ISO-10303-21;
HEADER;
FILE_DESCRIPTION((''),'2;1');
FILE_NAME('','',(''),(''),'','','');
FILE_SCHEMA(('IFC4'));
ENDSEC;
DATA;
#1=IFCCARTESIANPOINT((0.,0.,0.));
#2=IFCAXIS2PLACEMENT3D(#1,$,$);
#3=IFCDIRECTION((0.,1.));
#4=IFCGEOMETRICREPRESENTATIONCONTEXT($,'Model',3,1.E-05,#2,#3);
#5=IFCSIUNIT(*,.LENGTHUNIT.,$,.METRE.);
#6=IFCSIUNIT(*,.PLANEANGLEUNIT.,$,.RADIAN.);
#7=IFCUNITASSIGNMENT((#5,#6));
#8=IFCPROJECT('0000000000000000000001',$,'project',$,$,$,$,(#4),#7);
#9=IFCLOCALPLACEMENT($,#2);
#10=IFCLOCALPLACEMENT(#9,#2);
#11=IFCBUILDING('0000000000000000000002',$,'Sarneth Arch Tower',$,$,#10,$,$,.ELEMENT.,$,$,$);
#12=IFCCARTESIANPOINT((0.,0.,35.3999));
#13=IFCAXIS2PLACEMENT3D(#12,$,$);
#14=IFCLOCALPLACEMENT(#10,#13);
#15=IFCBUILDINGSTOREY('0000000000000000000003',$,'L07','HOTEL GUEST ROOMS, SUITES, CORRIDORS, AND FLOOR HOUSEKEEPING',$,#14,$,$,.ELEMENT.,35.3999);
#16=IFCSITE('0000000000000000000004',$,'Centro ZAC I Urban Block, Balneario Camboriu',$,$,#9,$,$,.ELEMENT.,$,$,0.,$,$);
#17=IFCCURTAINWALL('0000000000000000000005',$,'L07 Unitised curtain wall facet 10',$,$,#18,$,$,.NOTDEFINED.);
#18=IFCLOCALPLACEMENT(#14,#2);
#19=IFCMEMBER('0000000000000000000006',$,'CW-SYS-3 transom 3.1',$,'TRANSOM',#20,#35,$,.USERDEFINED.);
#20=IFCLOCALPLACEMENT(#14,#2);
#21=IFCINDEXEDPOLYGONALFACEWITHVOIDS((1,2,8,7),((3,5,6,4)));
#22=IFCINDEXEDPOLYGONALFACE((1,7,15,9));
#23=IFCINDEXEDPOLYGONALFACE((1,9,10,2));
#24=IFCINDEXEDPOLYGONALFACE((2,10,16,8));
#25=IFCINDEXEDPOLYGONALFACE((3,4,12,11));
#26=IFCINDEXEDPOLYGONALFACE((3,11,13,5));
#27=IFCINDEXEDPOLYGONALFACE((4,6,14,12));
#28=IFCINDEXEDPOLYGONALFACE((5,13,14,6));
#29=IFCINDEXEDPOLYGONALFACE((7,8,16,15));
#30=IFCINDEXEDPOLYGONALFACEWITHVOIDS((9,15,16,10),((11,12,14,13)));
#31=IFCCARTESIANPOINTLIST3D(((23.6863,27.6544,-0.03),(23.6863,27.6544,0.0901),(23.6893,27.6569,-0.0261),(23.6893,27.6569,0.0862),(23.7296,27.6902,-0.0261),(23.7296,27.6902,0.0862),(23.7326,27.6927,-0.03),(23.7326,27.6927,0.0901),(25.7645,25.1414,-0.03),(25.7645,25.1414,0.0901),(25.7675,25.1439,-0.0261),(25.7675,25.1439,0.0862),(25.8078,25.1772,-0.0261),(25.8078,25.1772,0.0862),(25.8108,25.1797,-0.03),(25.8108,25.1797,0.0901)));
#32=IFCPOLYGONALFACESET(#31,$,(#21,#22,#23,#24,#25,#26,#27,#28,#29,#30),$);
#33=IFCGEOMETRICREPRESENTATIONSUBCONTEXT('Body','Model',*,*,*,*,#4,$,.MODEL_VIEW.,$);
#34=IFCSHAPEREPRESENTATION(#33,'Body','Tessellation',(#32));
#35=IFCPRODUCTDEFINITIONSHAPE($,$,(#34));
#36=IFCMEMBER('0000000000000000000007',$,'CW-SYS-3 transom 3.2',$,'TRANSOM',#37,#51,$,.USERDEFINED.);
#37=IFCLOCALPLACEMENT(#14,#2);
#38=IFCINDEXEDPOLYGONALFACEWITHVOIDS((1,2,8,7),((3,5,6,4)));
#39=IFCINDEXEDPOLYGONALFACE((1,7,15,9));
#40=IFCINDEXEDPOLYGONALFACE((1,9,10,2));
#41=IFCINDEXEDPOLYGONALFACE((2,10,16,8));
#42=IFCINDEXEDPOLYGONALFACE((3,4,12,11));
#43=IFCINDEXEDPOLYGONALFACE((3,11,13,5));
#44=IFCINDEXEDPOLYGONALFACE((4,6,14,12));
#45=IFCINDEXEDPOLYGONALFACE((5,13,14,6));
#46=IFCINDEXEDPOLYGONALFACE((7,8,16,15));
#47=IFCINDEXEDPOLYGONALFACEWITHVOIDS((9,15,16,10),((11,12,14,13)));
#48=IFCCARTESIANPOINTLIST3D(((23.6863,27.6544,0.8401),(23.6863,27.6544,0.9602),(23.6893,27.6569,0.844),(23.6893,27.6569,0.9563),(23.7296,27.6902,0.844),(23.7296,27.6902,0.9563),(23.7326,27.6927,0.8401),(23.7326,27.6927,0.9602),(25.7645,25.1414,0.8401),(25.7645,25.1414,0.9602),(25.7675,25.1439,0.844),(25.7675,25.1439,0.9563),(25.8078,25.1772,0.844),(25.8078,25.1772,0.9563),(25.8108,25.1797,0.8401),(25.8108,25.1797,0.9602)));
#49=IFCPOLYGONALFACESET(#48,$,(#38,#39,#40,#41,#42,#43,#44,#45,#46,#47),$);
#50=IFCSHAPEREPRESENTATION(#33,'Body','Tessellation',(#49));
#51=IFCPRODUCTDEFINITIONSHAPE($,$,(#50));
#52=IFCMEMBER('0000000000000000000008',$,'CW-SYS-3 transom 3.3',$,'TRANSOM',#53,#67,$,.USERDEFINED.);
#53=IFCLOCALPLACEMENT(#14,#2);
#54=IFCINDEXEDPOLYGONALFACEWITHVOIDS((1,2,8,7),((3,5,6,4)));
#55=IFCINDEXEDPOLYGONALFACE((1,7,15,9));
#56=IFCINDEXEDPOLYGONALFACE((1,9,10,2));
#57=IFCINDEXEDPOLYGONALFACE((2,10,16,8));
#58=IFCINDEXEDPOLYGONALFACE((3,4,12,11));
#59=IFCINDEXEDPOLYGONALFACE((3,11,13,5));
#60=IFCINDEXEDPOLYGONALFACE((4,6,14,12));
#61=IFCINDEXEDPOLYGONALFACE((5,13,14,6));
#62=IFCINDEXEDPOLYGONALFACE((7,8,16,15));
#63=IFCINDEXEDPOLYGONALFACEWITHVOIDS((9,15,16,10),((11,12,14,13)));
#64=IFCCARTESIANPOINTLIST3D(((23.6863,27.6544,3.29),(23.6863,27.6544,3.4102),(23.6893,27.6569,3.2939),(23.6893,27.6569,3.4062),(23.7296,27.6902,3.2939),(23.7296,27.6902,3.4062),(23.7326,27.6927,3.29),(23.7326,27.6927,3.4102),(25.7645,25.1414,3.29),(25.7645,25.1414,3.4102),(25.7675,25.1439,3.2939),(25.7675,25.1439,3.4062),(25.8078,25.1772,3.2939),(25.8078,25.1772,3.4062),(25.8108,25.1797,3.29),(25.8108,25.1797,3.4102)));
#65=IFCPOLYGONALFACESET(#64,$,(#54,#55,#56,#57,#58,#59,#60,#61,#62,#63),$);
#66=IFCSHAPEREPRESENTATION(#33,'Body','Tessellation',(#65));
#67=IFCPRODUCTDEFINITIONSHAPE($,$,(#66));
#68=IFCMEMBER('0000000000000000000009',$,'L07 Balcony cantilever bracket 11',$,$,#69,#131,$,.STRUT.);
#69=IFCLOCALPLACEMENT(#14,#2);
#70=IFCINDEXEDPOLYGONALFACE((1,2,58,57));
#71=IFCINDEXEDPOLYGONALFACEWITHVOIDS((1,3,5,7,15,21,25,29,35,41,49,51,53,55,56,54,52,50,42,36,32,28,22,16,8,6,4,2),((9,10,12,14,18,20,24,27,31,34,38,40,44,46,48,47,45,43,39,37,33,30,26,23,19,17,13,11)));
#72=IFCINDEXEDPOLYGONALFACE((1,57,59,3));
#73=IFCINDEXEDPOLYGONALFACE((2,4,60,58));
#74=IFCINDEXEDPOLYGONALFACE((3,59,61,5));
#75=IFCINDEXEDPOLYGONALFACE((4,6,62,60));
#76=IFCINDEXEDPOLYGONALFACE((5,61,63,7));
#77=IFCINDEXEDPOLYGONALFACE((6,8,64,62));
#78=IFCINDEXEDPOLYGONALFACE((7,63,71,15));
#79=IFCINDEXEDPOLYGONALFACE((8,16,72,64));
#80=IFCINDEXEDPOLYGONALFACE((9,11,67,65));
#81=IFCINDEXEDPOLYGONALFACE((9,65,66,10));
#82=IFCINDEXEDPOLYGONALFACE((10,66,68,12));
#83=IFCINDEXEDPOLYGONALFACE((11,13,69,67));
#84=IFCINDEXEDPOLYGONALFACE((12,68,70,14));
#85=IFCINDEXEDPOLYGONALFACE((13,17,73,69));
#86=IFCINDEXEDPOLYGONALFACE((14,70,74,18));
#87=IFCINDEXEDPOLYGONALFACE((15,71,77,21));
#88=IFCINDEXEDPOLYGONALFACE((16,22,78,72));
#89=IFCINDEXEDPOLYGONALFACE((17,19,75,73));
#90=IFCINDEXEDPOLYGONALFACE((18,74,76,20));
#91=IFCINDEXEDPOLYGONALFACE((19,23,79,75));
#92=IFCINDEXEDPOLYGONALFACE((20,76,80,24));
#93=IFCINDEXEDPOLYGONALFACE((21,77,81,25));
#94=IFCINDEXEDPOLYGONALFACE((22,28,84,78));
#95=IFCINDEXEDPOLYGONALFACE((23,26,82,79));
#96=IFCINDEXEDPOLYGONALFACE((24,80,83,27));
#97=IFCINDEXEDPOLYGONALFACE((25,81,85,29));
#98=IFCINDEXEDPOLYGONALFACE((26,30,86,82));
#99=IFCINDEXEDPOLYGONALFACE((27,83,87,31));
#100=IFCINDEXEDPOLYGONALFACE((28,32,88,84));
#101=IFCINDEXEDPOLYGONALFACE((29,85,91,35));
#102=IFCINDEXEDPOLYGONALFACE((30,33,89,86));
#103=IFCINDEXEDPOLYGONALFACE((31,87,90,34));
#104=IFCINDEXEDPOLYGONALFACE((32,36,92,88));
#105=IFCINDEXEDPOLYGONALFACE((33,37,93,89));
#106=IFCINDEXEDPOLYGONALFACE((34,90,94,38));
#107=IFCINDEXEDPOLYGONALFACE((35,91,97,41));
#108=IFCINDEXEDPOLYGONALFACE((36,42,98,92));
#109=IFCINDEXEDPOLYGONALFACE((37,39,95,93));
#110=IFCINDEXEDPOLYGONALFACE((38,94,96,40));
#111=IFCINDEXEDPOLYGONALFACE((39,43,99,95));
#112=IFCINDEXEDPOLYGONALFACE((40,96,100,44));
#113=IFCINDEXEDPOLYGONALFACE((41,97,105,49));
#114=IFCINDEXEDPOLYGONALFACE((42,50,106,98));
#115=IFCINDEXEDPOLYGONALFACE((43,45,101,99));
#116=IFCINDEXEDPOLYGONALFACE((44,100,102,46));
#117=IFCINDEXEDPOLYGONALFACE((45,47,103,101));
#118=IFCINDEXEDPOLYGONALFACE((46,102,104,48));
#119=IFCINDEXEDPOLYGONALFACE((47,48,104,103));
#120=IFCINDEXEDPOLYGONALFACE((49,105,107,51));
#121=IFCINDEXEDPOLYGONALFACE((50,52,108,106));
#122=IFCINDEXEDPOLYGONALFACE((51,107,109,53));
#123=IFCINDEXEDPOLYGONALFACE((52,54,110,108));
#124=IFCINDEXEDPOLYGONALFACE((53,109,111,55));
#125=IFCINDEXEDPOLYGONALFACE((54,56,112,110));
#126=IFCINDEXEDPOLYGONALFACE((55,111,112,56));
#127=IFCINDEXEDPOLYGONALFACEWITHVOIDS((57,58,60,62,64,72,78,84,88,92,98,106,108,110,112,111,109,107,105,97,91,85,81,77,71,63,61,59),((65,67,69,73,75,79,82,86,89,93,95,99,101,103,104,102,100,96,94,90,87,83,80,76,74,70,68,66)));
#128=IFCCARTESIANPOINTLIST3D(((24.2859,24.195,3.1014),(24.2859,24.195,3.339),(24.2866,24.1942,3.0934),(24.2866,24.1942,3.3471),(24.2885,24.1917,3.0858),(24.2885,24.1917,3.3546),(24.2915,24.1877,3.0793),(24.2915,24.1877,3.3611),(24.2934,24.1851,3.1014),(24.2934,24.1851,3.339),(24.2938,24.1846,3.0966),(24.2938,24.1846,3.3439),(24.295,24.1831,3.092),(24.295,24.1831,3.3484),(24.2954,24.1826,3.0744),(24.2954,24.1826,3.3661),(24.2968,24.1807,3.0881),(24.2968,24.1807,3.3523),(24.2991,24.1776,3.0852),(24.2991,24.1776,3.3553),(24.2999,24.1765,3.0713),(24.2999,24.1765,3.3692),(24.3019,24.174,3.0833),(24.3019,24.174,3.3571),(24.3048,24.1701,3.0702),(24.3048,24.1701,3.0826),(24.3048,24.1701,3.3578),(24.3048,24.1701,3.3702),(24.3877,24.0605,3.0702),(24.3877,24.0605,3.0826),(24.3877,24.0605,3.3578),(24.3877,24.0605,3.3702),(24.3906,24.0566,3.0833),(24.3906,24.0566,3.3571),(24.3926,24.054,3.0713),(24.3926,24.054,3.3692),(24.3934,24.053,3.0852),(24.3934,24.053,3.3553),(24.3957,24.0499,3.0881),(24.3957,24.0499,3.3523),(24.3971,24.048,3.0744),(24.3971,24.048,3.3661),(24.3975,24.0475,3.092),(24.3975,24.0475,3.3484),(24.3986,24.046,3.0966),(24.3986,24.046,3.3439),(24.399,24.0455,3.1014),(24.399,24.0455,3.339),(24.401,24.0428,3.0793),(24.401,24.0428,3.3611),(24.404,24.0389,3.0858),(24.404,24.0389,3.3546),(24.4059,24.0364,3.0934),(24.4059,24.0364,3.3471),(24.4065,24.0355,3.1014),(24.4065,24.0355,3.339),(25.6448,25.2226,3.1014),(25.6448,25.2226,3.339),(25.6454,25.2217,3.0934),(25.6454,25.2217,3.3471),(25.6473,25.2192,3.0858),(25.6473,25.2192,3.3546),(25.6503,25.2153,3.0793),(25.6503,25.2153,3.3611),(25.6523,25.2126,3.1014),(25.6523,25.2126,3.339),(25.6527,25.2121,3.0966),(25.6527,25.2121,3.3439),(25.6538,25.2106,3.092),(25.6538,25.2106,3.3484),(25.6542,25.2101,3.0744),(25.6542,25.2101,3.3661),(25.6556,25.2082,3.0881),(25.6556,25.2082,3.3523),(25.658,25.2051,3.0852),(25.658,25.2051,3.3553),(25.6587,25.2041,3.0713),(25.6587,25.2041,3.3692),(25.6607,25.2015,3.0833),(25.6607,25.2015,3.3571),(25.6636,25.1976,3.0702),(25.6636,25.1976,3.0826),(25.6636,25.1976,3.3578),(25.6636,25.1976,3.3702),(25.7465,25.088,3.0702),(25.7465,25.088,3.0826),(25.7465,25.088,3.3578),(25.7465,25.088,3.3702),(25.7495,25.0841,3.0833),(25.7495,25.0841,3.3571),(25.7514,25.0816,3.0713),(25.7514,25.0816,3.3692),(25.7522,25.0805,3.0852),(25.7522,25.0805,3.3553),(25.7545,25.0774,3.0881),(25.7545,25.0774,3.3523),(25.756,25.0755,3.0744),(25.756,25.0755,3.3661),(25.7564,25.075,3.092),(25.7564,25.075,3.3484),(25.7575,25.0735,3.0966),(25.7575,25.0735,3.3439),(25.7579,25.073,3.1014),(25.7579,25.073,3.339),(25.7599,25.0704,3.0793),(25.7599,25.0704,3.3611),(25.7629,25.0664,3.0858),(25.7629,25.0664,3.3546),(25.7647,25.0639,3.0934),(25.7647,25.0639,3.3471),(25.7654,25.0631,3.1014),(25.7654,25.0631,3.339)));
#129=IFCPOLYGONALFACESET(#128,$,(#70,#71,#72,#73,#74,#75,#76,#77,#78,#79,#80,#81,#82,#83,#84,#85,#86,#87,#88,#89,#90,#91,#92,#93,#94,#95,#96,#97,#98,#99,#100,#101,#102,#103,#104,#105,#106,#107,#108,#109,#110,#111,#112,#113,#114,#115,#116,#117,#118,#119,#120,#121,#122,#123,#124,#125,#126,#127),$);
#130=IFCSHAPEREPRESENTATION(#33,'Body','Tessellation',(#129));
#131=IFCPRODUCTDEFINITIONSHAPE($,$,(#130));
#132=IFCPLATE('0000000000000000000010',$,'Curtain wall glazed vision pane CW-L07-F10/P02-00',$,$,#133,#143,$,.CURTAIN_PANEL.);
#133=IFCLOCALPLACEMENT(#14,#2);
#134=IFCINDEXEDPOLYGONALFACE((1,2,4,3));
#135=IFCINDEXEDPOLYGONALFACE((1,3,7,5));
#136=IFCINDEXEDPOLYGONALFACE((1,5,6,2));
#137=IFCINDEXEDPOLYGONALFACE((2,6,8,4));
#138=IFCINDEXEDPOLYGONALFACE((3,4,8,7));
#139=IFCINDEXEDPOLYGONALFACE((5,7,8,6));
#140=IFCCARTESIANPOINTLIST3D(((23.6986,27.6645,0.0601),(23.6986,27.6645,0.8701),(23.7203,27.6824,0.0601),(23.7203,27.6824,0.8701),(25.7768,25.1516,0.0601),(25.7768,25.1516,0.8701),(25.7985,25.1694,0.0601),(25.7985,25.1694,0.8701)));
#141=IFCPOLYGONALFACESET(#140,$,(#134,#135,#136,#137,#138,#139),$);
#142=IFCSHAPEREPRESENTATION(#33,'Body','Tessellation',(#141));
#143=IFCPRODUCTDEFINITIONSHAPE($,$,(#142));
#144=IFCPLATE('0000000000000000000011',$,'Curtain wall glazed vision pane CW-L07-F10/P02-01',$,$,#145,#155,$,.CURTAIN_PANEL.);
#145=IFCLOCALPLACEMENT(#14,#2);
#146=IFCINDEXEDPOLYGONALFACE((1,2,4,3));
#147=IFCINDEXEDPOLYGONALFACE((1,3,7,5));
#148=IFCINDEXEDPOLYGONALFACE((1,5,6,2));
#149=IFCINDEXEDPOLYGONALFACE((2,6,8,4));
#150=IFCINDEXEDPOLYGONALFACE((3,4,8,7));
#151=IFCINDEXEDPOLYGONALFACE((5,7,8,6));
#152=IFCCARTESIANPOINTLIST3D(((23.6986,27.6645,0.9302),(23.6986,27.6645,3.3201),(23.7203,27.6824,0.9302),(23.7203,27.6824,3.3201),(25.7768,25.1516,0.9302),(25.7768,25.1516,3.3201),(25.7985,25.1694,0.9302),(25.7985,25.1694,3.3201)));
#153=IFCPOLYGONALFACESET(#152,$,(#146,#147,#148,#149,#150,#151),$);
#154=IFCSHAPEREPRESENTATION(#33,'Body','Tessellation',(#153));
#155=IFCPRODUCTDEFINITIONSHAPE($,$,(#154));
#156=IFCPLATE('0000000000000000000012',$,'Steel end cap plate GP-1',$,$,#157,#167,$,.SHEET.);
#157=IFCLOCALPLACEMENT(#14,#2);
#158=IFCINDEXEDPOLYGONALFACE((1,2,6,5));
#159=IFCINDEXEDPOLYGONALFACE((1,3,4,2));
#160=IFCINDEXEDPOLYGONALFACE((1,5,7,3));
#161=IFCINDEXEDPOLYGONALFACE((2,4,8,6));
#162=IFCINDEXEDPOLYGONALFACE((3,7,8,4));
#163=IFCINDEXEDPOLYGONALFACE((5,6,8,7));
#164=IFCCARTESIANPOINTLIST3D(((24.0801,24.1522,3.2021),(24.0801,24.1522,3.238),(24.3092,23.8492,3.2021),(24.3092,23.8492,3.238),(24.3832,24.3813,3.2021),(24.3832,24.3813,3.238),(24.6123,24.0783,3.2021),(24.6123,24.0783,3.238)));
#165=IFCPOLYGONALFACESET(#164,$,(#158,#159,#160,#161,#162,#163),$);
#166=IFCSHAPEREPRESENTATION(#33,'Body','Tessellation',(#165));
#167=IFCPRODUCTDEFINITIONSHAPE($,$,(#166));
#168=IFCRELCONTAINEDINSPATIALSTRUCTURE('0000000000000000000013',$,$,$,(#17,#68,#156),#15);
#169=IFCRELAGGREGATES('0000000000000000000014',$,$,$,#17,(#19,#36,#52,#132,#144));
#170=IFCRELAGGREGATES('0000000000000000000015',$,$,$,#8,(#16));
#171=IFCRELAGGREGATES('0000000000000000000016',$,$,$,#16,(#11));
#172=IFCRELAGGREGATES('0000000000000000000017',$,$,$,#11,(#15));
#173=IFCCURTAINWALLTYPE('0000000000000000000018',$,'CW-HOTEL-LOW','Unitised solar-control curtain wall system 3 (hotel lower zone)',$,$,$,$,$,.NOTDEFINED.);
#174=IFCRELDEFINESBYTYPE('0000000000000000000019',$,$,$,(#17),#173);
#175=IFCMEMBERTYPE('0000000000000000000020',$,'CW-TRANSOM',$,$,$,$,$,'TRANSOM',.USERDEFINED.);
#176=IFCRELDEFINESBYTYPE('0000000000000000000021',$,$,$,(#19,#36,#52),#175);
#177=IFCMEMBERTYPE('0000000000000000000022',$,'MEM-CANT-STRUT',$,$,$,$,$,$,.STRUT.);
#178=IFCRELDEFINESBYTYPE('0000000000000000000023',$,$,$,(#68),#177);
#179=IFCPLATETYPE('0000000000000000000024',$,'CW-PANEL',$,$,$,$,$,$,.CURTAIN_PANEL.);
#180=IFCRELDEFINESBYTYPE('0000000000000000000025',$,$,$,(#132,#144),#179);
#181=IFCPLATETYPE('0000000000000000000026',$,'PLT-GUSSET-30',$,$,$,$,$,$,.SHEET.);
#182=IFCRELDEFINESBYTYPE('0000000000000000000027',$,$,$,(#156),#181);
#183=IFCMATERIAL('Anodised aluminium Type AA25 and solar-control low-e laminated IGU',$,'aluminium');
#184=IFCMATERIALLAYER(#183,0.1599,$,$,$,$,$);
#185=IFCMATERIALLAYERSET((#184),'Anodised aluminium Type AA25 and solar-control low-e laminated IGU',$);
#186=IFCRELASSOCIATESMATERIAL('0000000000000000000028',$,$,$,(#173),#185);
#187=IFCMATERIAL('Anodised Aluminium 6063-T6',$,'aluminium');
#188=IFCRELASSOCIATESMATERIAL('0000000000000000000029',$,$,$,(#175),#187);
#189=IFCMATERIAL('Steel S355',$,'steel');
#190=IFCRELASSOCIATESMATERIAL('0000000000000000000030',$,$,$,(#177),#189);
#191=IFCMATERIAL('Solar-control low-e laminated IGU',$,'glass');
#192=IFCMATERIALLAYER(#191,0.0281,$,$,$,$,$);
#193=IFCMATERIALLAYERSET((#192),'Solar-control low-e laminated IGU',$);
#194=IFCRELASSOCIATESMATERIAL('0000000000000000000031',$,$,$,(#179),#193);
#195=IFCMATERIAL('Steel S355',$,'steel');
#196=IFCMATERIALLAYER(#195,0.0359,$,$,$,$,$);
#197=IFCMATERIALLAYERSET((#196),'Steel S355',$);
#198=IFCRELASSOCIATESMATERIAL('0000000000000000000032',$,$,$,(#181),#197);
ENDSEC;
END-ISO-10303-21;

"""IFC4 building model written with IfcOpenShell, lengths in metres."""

from ifc_helpers import new_model, si_unit, direction, frame, origin, origin_2d, place, context, subcontext, project, spatial, rectangle, hollow_rectangle, extrude, material, layer, layer_set, material_profile, profile_set, type_object, element, aggregate, save


model = new_model("IFC4")

# Units and contexts
model_context = context("Model", 3, precision=1e-05, world=origin(), true_north=direction((0.0, 1.0)))
body_context = subcontext(model_context, "Body", "Model", "MODEL_VIEW")
ifc_project = project(units=[si_unit("LENGTHUNIT", "METRE"), si_unit("PLANEANGLEUNIT", "RADIAN")], contexts=[model_context])

# Site, building, storey
site_placement = place(None, origin())
site = spatial("IfcSite", under=ifc_project, at=site_placement, Name="Centro ZAC I Urban Block, Balneario Camboriu", CompositionType="ELEMENT", RefElevation=0.0)
building_placement = place(site_placement, origin())
building = spatial("IfcBuilding", under=site, at=building_placement, Name="Sarneth Arch Tower", CompositionType="ELEMENT")
storey_placement = place(building_placement, frame((0.0, 0.0, 35.3999)))
storey = spatial("IfcBuildingStorey", under=building, at=storey_placement, Name="L07", Description="HOTEL GUEST ROOMS, SUITES, CORRIDORS, AND FLOOR HOUSEKEEPING", CompositionType="ELEMENT", Elevation=35.3999)

# Curtain wall, members
ifc_material_1 = material(Name="Anodised aluminium Type AA25 and solar-control low-e laminated IGU", Category="aluminium")
ifc_layer_1 = layer(ifc_material_1, 0.1599)
ifc_layer_set_1 = layer_set([ifc_layer_1], Name="Anodised aluminium Type AA25 and solar-control low-e laminated IGU")
curtain_wall_type = type_object("IfcCurtainWallType", Name="CW-HOTEL-LOW", Description="Unitised solar-control curtain wall system 3 (hotel lower zone)", PredefinedType="NOTDEFINED", material=ifc_layer_set_1)
curtain_wall_placement = place(storey_placement, origin())
curtain_wall = element("IfcCurtainWall", 1, at=curtain_wall_placement, inside=storey, type_object=curtain_wall_type, Name="L07 Unitised curtain wall facet 10", PredefinedType="NOTDEFINED")
ifc_material_2 = material(Name="Anodised Aluminium 6063-T6", Category="aluminium")
ifc_material_profile_1 = material_profile(ifc_material_2, hollow_rectangle(XDim=0.0601, YDim=0.1201, WallThickness=0.0039, at=origin_2d()), Name="AL-TRAN-120x60x4")
ifc_profile_set_1 = profile_set([ifc_material_profile_1], Name="Anodised Aluminium 6063-T6")
member_type_1 = type_object("IfcMemberType", Name="CW-TRANSOM", ElementType="TRANSOM", PredefinedType="USERDEFINED", material=ifc_profile_set_1)
member_1_placement = place(storey_placement, frame((23.7095, 27.6736, 0.03), z_axis=(0.637286, -0.770628, 0.0), x_axis=(0.770628, 0.637286, 0.0)))
member_1 = element("IfcMember", 2, at=member_1_placement, type_object=member_type_1, Name="CW-SYS-3 transom 3.1", ObjectType="TRANSOM", PredefinedType="USERDEFINED", context=body_context, shape_type="SweptSolid", body=[
    extrude(hollow_rectangle(XDim=0.0601, YDim=0.1201, WallThickness=0.0039, at=origin_2d()), origin(), (0.0, 0.0, 1.0), 3.261),
])
member_2_placement = place(storey_placement, frame((23.7095, 27.6736, 0.9001), z_axis=(0.637286, -0.770628, 0.0), x_axis=(0.770628, 0.637286, 0.0)))
member_2 = element("IfcMember", 3, at=member_2_placement, type_object=member_type_1, Name="CW-SYS-3 transom 3.2", ObjectType="TRANSOM", PredefinedType="USERDEFINED", context=body_context, shape_type="SweptSolid", body=[
    extrude(hollow_rectangle(XDim=0.0601, YDim=0.1201, WallThickness=0.0039, at=origin_2d()), origin(), (0.0, 0.0, 1.0), 3.261),
])
member_3_placement = place(storey_placement, frame((23.7095, 27.6736, 3.3501), z_axis=(0.637286, -0.770628, 0.0), x_axis=(0.770628, 0.637286, 0.0)))
member_3 = element("IfcMember", 4, at=member_3_placement, type_object=member_type_1, Name="CW-SYS-3 transom 3.3", ObjectType="TRANSOM", PredefinedType="USERDEFINED", context=body_context, shape_type="SweptSolid", body=[
    extrude(hollow_rectangle(XDim=0.0601, YDim=0.1201, WallThickness=0.0039, at=origin_2d()), origin(), (0.0, 0.0, 1.0), 3.261),
])

# Member
ifc_material_3 = material(Name="Steel S355", Category="steel")
ifc_material_profile_2 = material_profile(ifc_material_3, hollow_rectangle(XDim=0.2, YDim=0.3, WallThickness=0.0125, InnerFilletRadius=0.0188, OuterFilletRadius=0.0312, at=origin_2d()), Name="RHS300x200x12.5")
ifc_profile_set_2 = profile_set([ifc_material_profile_2], Name="Steel S355")
member_type_2 = type_object("IfcMemberType", Name="MEM-CANT-STRUT", PredefinedType="STRUT", material=ifc_profile_set_2)
member_4_placement = place(storey_placement, frame((25.7051, 25.1428, 3.2202), z_axis=(-0.797621, -0.603159, 0.0), x_axis=(0.603159, -0.797621, 0.0)))
element("IfcMember", 5, at=member_4_placement, inside=storey, type_object=member_type_2, Name="L07 Balcony cantilever bracket 11", PredefinedType="STRUT", context=body_context, shape_type="SweptSolid", body=[
    extrude(hollow_rectangle(XDim=0.2, YDim=0.3, WallThickness=0.0125, InnerFilletRadius=0.0188, OuterFilletRadius=0.0312, at=origin_2d()), origin(), (0.0, 0.0, 1.0), 1.7036),
])

# Plates
ifc_material_4 = material(Name="Solar-control low-e laminated IGU", Category="glass")
ifc_layer_2 = layer(ifc_material_4, 0.0281)
ifc_layer_set_2 = layer_set([ifc_layer_2], Name="Solar-control low-e laminated IGU")
plate_type_1 = type_object("IfcPlateType", Name="CW-PANEL", PredefinedType="CURTAIN_PANEL", material=ifc_layer_set_2)
plate_1_placement = place(storey_placement, frame((24.7485, 26.417, 0.0601), z_axis=(0.0, 0.0, 1.0), x_axis=(0.637291, -0.770623, 0.0)))
plate_1 = element("IfcPlate", 6, at=plate_1_placement, type_object=plate_type_1, Name="Curtain wall glazed vision pane CW-L07-F10/P02-00", PredefinedType="CURTAIN_PANEL", context=body_context, shape_type="SweptSolid", body=[
    extrude(rectangle(XDim=3.261, YDim=0.0281, at=origin_2d()), origin(), (0.0, 0.0, 1.0), 0.8101),
])
plate_2_placement = place(storey_placement, frame((24.7485, 26.417, 0.9302), z_axis=(0.0, 0.0, 1.0), x_axis=(0.637291, -0.770623, 0.0)))
plate_2 = element("IfcPlate", 7, at=plate_2_placement, type_object=plate_type_1, Name="Curtain wall glazed vision pane CW-L07-F10/P02-01", PredefinedType="CURTAIN_PANEL", context=body_context, shape_type="SweptSolid", body=[
    extrude(rectangle(XDim=3.261, YDim=0.0281, at=origin_2d()), origin(), (0.0, 0.0, 1.0), 2.3899),
])
aggregate(curtain_wall, [member_1, member_2, member_3, plate_1, plate_2])
ifc_material_5 = material(Name="Steel S355", Category="steel")
ifc_layer_3 = layer(ifc_material_5, 0.0359)
ifc_layer_set_3 = layer_set([ifc_layer_3], Name="Steel S355")
plate_type_2 = type_object("IfcPlateType", Name="PLT-GUSSET-30", PredefinedType="SHEET", material=ifc_layer_set_3)
plate_3_placement = place(storey_placement, frame((24.3462, 24.1152, 3.2021), z_axis=(0.0, 0.0, 1.0), x_axis=(-0.797689, -0.603069, 0.0)))
element("IfcPlate", 8, at=plate_3_placement, inside=storey, type_object=plate_type_2, Name="Steel end cap plate GP-1", PredefinedType="SHEET", context=body_context, shape_type="SweptSolid", body=[
    extrude(rectangle(XDim=0.3799, YDim=0.3799, at=origin_2d()), origin(), (0.0, 0.0, 1.0), 0.0359),
])

save(model, "model.ifc")
